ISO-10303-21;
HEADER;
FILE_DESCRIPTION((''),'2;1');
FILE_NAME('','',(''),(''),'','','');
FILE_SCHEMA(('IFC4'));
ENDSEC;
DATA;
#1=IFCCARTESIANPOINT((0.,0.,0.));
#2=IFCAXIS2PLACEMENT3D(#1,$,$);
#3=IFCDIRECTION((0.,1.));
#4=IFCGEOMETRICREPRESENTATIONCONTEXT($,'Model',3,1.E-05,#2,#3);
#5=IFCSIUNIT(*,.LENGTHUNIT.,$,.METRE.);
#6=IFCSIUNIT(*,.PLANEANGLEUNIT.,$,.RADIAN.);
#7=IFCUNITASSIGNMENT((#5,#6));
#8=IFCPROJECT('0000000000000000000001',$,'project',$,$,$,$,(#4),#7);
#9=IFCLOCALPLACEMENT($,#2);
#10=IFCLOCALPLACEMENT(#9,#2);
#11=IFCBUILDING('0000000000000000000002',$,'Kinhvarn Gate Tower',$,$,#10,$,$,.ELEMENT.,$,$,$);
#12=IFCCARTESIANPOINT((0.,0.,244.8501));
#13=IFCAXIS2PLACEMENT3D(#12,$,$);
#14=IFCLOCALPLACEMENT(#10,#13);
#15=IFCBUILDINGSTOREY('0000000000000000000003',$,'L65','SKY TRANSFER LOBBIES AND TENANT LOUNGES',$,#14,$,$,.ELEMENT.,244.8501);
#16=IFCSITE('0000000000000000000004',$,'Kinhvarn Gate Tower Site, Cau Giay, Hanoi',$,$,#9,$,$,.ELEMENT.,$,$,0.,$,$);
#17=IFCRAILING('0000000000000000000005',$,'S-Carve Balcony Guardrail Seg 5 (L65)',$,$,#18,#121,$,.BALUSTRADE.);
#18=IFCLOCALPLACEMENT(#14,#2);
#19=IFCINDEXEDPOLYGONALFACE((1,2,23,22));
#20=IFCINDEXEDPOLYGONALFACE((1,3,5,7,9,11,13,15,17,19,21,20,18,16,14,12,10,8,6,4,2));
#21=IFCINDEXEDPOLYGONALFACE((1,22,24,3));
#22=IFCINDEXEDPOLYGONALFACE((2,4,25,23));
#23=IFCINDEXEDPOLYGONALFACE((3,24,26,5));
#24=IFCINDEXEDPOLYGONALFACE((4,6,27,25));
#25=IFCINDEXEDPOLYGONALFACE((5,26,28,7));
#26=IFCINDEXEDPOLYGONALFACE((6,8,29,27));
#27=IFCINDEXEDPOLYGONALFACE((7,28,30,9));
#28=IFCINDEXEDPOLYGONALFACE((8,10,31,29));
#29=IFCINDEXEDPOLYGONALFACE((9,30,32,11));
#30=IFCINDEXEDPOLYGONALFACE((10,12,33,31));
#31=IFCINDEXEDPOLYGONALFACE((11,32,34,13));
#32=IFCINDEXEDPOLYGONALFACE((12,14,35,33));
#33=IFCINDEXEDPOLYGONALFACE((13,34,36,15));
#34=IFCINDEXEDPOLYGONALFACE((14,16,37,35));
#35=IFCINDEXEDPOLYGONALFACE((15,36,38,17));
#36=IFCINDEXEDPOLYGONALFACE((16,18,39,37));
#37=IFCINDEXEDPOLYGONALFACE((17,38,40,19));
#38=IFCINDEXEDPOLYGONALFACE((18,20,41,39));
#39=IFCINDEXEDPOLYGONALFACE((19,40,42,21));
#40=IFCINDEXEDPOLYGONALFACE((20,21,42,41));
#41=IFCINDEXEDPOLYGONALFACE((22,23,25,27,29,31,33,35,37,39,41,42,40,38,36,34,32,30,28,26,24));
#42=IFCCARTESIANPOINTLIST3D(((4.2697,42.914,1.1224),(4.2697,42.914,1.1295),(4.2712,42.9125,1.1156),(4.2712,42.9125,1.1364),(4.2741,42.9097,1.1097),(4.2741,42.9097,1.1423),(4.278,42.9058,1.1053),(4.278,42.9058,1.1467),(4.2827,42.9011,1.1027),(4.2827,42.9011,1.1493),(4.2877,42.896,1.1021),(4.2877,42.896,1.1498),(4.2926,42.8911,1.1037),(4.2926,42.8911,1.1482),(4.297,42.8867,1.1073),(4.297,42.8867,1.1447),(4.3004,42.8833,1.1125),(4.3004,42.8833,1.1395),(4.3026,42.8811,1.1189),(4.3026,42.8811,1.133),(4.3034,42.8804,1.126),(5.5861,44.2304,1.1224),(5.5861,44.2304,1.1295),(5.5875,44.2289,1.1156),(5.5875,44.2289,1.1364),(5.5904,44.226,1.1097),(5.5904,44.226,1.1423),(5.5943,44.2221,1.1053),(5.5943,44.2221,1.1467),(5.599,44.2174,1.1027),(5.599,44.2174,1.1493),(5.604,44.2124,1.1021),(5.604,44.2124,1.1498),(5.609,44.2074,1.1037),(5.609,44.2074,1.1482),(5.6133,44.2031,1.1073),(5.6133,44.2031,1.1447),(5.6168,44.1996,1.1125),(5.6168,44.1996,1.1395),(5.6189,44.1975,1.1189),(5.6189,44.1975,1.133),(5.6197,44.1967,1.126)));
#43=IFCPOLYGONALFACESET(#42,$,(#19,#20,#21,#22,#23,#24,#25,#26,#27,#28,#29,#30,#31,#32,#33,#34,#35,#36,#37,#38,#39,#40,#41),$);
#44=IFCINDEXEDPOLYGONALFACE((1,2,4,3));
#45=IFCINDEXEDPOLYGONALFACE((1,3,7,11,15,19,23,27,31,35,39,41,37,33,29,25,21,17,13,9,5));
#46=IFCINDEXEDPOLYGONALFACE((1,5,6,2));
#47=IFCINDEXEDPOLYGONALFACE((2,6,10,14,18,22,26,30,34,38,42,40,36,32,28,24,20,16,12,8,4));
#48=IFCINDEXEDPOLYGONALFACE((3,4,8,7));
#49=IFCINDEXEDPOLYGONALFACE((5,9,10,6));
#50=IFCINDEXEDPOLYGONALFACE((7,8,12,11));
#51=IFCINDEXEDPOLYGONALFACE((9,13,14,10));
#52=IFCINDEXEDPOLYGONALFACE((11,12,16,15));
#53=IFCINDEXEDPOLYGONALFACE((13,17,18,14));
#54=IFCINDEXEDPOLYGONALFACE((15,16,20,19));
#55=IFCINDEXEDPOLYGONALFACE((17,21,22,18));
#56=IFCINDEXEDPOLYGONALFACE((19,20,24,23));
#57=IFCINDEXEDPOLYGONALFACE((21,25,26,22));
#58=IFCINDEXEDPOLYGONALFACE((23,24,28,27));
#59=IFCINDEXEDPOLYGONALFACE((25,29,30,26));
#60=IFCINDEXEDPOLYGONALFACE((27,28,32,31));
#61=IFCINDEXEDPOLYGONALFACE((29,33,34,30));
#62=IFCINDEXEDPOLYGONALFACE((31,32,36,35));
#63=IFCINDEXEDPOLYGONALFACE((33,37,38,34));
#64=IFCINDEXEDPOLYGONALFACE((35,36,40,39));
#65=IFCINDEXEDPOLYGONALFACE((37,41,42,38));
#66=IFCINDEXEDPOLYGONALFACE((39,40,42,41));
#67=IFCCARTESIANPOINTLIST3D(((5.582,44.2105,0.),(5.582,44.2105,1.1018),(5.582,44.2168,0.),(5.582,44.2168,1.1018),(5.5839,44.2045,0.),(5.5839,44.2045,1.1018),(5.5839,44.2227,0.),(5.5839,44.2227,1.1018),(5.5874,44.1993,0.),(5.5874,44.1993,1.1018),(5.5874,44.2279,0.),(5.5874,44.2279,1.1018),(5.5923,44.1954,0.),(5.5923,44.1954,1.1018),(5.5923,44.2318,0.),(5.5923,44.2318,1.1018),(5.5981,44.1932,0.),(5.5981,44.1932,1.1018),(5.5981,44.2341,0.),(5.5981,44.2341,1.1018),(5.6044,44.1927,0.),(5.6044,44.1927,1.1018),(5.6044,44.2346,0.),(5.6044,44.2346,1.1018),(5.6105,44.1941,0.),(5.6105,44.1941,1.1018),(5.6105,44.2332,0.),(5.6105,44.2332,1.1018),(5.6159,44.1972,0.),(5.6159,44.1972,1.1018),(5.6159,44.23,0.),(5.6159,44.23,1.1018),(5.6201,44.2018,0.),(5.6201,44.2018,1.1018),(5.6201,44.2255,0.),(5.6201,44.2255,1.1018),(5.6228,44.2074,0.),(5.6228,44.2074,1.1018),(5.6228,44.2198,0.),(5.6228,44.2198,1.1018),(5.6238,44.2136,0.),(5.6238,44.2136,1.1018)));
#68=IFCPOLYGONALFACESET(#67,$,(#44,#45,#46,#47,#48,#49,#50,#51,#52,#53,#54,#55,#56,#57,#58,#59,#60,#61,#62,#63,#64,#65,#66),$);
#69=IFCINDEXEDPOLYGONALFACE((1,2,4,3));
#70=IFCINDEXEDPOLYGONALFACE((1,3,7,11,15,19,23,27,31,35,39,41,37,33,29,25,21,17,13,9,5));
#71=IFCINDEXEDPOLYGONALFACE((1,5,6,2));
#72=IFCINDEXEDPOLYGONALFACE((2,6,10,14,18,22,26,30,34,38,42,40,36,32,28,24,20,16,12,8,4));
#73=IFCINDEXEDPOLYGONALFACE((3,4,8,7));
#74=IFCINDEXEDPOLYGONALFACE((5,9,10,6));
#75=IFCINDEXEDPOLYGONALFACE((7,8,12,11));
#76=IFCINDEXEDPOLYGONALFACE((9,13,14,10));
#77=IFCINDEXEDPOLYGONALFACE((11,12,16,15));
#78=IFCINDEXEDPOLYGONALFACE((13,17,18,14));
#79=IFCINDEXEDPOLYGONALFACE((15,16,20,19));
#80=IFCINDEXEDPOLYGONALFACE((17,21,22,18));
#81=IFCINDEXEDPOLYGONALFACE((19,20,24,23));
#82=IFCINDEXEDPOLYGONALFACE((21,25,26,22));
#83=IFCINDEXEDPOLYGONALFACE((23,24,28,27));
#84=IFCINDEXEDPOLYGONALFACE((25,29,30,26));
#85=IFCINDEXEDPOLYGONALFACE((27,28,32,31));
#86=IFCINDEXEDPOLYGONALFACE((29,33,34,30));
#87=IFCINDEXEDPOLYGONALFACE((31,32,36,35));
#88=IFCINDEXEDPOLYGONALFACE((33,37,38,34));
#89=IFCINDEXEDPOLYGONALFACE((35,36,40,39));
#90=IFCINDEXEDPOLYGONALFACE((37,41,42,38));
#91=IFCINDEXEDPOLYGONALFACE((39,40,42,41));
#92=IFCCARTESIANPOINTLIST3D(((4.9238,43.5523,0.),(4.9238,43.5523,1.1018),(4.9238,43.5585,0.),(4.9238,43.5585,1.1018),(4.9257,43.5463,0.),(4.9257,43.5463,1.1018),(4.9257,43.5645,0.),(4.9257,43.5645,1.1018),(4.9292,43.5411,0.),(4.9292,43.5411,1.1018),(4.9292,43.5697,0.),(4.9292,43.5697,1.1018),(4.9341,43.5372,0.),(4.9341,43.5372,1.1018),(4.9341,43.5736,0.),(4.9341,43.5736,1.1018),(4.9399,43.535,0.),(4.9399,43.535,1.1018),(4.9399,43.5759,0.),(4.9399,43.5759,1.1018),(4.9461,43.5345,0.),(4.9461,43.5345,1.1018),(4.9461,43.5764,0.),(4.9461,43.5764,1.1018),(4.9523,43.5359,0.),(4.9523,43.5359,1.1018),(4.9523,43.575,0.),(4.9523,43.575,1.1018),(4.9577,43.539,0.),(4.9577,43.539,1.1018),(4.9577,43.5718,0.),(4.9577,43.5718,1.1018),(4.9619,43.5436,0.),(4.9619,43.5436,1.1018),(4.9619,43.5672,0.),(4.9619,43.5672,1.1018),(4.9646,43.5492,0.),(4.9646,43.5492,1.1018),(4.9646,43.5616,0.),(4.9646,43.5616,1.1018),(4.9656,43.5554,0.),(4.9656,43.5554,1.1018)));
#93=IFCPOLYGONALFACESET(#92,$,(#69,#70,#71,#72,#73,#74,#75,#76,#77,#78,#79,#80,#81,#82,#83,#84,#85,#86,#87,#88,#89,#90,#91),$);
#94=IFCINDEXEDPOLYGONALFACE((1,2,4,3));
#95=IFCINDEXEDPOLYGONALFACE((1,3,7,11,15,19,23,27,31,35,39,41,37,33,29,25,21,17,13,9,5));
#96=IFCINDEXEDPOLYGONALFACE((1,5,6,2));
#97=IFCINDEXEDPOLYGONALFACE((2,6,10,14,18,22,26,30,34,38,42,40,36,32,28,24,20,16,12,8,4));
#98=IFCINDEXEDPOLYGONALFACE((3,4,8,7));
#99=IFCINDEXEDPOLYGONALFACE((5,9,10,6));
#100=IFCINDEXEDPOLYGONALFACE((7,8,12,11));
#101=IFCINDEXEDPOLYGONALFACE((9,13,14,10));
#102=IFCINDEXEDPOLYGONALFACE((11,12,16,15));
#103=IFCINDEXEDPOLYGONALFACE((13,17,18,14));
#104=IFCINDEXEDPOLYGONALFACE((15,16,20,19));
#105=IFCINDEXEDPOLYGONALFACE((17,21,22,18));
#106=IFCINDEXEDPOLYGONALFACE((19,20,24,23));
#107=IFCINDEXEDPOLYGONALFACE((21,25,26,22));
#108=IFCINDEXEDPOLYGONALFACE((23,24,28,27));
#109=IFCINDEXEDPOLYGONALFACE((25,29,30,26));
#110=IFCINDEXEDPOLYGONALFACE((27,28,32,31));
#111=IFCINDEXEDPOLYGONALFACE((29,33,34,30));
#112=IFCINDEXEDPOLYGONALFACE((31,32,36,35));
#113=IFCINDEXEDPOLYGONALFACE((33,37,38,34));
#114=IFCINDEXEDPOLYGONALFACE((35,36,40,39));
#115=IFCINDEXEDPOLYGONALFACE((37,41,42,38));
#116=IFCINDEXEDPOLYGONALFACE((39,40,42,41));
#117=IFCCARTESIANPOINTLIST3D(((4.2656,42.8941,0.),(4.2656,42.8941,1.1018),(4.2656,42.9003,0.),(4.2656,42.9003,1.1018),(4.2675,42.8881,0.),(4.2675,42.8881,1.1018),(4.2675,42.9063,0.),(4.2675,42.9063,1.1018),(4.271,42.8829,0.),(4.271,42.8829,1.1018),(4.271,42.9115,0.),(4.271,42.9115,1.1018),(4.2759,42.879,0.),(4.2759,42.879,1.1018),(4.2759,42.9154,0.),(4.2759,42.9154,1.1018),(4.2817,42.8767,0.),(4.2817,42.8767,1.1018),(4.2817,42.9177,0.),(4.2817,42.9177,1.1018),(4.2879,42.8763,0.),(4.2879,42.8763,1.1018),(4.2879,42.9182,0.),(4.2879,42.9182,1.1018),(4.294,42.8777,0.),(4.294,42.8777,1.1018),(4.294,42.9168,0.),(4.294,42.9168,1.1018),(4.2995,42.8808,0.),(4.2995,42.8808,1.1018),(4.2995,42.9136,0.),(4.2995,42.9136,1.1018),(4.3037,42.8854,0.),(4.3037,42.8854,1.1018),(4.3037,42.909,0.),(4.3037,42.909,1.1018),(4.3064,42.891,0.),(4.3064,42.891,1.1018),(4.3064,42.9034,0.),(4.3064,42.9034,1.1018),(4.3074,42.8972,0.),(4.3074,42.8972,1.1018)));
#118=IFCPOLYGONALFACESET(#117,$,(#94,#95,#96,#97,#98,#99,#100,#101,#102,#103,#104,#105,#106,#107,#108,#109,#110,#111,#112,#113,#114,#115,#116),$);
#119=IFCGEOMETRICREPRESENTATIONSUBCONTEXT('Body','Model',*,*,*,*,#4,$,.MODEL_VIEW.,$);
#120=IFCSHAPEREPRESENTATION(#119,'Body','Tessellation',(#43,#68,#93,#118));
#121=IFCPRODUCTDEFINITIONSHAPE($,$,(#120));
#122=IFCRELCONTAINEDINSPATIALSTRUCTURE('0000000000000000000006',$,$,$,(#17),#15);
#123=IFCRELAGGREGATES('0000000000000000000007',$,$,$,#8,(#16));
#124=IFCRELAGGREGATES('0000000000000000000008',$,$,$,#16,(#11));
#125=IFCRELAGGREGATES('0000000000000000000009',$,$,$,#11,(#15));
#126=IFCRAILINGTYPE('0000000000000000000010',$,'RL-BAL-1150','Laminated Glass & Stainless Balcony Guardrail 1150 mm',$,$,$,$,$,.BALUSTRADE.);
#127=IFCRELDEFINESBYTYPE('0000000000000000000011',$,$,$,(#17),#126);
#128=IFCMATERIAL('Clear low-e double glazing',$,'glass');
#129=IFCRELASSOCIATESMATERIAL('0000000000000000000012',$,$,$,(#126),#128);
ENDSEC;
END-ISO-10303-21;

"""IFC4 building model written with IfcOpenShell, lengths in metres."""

from ifc_helpers import new_model, si_unit, direction, frame, origin, origin_2d, place, context, subcontext, project, spatial, circle, extrude, material, type_object, element, save


model = new_model("IFC4")

# Units and contexts
model_context = context("Model", 3, precision=1e-05, world=origin(), true_north=direction((0.0, 1.0)))
body_context = subcontext(model_context, "Body", "Model", "MODEL_VIEW")
ifc_project = project(units=[si_unit("LENGTHUNIT", "METRE"), si_unit("PLANEANGLEUNIT", "RADIAN")], contexts=[model_context])

# Site, building, storey
site_placement = place(None, origin())
site = spatial("IfcSite", under=ifc_project, at=site_placement, Name="Kinhvarn Gate Tower Site, Cau Giay, Hanoi", CompositionType="ELEMENT", RefElevation=0.0)
building_placement = place(site_placement, origin())
building = spatial("IfcBuilding", under=site, at=building_placement, Name="Kinhvarn Gate Tower", CompositionType="ELEMENT")
storey_placement = place(building_placement, frame((0.0, 0.0, 244.8501)))
storey = spatial("IfcBuildingStorey", under=building, at=storey_placement, Name="L65", Description="SKY TRANSFER LOBBIES AND TENANT LOUNGES", CompositionType="ELEMENT", Elevation=244.8501)

# Shared definitions
ifc_material_1 = material(Name="Clear low-e double glazing", Category="glass")

# Railing
railing_type_1 = type_object("IfcRailingType", Name="RL-BAL-1150", Description="Laminated Glass & Stainless Balcony Guardrail 1150 mm", PredefinedType="BALUSTRADE", material=ifc_material_1)
railing_1_placement = place(storey_placement, frame((5.6028, 44.2136, 0.0)))
element("IfcRailing", 1, at=railing_1_placement, inside=storey, type_object=railing_type_1, Name="S-Carve Balcony Guardrail Seg 5 (L65)", PredefinedType="BALUSTRADE", context=body_context, shape_type="SweptSolid", body=[
    extrude(circle(Radius=0.0239, at=origin_2d()), frame((0.0, 0.0, 1.126), z_axis=(-0.707107, -0.707107, 0.0), x_axis=(0.707107, -0.707107, 0.0)), (0.0, 0.0, 1.0), 1.8616),
    extrude(circle(Radius=0.021, at=origin_2d()), origin(), (0.0, 0.0, 1.0), 1.1018),
    extrude(circle(Radius=0.021, at=origin_2d()), frame((-0.6582, -0.6582, 0.0)), (0.0, 0.0, 1.0), 1.1018),
    extrude(circle(Radius=0.021, at=origin_2d()), frame((-1.3164, -1.3164, 0.0)), (0.0, 0.0, 1.0), 1.1018),
])

save(model, "model.ifc")
